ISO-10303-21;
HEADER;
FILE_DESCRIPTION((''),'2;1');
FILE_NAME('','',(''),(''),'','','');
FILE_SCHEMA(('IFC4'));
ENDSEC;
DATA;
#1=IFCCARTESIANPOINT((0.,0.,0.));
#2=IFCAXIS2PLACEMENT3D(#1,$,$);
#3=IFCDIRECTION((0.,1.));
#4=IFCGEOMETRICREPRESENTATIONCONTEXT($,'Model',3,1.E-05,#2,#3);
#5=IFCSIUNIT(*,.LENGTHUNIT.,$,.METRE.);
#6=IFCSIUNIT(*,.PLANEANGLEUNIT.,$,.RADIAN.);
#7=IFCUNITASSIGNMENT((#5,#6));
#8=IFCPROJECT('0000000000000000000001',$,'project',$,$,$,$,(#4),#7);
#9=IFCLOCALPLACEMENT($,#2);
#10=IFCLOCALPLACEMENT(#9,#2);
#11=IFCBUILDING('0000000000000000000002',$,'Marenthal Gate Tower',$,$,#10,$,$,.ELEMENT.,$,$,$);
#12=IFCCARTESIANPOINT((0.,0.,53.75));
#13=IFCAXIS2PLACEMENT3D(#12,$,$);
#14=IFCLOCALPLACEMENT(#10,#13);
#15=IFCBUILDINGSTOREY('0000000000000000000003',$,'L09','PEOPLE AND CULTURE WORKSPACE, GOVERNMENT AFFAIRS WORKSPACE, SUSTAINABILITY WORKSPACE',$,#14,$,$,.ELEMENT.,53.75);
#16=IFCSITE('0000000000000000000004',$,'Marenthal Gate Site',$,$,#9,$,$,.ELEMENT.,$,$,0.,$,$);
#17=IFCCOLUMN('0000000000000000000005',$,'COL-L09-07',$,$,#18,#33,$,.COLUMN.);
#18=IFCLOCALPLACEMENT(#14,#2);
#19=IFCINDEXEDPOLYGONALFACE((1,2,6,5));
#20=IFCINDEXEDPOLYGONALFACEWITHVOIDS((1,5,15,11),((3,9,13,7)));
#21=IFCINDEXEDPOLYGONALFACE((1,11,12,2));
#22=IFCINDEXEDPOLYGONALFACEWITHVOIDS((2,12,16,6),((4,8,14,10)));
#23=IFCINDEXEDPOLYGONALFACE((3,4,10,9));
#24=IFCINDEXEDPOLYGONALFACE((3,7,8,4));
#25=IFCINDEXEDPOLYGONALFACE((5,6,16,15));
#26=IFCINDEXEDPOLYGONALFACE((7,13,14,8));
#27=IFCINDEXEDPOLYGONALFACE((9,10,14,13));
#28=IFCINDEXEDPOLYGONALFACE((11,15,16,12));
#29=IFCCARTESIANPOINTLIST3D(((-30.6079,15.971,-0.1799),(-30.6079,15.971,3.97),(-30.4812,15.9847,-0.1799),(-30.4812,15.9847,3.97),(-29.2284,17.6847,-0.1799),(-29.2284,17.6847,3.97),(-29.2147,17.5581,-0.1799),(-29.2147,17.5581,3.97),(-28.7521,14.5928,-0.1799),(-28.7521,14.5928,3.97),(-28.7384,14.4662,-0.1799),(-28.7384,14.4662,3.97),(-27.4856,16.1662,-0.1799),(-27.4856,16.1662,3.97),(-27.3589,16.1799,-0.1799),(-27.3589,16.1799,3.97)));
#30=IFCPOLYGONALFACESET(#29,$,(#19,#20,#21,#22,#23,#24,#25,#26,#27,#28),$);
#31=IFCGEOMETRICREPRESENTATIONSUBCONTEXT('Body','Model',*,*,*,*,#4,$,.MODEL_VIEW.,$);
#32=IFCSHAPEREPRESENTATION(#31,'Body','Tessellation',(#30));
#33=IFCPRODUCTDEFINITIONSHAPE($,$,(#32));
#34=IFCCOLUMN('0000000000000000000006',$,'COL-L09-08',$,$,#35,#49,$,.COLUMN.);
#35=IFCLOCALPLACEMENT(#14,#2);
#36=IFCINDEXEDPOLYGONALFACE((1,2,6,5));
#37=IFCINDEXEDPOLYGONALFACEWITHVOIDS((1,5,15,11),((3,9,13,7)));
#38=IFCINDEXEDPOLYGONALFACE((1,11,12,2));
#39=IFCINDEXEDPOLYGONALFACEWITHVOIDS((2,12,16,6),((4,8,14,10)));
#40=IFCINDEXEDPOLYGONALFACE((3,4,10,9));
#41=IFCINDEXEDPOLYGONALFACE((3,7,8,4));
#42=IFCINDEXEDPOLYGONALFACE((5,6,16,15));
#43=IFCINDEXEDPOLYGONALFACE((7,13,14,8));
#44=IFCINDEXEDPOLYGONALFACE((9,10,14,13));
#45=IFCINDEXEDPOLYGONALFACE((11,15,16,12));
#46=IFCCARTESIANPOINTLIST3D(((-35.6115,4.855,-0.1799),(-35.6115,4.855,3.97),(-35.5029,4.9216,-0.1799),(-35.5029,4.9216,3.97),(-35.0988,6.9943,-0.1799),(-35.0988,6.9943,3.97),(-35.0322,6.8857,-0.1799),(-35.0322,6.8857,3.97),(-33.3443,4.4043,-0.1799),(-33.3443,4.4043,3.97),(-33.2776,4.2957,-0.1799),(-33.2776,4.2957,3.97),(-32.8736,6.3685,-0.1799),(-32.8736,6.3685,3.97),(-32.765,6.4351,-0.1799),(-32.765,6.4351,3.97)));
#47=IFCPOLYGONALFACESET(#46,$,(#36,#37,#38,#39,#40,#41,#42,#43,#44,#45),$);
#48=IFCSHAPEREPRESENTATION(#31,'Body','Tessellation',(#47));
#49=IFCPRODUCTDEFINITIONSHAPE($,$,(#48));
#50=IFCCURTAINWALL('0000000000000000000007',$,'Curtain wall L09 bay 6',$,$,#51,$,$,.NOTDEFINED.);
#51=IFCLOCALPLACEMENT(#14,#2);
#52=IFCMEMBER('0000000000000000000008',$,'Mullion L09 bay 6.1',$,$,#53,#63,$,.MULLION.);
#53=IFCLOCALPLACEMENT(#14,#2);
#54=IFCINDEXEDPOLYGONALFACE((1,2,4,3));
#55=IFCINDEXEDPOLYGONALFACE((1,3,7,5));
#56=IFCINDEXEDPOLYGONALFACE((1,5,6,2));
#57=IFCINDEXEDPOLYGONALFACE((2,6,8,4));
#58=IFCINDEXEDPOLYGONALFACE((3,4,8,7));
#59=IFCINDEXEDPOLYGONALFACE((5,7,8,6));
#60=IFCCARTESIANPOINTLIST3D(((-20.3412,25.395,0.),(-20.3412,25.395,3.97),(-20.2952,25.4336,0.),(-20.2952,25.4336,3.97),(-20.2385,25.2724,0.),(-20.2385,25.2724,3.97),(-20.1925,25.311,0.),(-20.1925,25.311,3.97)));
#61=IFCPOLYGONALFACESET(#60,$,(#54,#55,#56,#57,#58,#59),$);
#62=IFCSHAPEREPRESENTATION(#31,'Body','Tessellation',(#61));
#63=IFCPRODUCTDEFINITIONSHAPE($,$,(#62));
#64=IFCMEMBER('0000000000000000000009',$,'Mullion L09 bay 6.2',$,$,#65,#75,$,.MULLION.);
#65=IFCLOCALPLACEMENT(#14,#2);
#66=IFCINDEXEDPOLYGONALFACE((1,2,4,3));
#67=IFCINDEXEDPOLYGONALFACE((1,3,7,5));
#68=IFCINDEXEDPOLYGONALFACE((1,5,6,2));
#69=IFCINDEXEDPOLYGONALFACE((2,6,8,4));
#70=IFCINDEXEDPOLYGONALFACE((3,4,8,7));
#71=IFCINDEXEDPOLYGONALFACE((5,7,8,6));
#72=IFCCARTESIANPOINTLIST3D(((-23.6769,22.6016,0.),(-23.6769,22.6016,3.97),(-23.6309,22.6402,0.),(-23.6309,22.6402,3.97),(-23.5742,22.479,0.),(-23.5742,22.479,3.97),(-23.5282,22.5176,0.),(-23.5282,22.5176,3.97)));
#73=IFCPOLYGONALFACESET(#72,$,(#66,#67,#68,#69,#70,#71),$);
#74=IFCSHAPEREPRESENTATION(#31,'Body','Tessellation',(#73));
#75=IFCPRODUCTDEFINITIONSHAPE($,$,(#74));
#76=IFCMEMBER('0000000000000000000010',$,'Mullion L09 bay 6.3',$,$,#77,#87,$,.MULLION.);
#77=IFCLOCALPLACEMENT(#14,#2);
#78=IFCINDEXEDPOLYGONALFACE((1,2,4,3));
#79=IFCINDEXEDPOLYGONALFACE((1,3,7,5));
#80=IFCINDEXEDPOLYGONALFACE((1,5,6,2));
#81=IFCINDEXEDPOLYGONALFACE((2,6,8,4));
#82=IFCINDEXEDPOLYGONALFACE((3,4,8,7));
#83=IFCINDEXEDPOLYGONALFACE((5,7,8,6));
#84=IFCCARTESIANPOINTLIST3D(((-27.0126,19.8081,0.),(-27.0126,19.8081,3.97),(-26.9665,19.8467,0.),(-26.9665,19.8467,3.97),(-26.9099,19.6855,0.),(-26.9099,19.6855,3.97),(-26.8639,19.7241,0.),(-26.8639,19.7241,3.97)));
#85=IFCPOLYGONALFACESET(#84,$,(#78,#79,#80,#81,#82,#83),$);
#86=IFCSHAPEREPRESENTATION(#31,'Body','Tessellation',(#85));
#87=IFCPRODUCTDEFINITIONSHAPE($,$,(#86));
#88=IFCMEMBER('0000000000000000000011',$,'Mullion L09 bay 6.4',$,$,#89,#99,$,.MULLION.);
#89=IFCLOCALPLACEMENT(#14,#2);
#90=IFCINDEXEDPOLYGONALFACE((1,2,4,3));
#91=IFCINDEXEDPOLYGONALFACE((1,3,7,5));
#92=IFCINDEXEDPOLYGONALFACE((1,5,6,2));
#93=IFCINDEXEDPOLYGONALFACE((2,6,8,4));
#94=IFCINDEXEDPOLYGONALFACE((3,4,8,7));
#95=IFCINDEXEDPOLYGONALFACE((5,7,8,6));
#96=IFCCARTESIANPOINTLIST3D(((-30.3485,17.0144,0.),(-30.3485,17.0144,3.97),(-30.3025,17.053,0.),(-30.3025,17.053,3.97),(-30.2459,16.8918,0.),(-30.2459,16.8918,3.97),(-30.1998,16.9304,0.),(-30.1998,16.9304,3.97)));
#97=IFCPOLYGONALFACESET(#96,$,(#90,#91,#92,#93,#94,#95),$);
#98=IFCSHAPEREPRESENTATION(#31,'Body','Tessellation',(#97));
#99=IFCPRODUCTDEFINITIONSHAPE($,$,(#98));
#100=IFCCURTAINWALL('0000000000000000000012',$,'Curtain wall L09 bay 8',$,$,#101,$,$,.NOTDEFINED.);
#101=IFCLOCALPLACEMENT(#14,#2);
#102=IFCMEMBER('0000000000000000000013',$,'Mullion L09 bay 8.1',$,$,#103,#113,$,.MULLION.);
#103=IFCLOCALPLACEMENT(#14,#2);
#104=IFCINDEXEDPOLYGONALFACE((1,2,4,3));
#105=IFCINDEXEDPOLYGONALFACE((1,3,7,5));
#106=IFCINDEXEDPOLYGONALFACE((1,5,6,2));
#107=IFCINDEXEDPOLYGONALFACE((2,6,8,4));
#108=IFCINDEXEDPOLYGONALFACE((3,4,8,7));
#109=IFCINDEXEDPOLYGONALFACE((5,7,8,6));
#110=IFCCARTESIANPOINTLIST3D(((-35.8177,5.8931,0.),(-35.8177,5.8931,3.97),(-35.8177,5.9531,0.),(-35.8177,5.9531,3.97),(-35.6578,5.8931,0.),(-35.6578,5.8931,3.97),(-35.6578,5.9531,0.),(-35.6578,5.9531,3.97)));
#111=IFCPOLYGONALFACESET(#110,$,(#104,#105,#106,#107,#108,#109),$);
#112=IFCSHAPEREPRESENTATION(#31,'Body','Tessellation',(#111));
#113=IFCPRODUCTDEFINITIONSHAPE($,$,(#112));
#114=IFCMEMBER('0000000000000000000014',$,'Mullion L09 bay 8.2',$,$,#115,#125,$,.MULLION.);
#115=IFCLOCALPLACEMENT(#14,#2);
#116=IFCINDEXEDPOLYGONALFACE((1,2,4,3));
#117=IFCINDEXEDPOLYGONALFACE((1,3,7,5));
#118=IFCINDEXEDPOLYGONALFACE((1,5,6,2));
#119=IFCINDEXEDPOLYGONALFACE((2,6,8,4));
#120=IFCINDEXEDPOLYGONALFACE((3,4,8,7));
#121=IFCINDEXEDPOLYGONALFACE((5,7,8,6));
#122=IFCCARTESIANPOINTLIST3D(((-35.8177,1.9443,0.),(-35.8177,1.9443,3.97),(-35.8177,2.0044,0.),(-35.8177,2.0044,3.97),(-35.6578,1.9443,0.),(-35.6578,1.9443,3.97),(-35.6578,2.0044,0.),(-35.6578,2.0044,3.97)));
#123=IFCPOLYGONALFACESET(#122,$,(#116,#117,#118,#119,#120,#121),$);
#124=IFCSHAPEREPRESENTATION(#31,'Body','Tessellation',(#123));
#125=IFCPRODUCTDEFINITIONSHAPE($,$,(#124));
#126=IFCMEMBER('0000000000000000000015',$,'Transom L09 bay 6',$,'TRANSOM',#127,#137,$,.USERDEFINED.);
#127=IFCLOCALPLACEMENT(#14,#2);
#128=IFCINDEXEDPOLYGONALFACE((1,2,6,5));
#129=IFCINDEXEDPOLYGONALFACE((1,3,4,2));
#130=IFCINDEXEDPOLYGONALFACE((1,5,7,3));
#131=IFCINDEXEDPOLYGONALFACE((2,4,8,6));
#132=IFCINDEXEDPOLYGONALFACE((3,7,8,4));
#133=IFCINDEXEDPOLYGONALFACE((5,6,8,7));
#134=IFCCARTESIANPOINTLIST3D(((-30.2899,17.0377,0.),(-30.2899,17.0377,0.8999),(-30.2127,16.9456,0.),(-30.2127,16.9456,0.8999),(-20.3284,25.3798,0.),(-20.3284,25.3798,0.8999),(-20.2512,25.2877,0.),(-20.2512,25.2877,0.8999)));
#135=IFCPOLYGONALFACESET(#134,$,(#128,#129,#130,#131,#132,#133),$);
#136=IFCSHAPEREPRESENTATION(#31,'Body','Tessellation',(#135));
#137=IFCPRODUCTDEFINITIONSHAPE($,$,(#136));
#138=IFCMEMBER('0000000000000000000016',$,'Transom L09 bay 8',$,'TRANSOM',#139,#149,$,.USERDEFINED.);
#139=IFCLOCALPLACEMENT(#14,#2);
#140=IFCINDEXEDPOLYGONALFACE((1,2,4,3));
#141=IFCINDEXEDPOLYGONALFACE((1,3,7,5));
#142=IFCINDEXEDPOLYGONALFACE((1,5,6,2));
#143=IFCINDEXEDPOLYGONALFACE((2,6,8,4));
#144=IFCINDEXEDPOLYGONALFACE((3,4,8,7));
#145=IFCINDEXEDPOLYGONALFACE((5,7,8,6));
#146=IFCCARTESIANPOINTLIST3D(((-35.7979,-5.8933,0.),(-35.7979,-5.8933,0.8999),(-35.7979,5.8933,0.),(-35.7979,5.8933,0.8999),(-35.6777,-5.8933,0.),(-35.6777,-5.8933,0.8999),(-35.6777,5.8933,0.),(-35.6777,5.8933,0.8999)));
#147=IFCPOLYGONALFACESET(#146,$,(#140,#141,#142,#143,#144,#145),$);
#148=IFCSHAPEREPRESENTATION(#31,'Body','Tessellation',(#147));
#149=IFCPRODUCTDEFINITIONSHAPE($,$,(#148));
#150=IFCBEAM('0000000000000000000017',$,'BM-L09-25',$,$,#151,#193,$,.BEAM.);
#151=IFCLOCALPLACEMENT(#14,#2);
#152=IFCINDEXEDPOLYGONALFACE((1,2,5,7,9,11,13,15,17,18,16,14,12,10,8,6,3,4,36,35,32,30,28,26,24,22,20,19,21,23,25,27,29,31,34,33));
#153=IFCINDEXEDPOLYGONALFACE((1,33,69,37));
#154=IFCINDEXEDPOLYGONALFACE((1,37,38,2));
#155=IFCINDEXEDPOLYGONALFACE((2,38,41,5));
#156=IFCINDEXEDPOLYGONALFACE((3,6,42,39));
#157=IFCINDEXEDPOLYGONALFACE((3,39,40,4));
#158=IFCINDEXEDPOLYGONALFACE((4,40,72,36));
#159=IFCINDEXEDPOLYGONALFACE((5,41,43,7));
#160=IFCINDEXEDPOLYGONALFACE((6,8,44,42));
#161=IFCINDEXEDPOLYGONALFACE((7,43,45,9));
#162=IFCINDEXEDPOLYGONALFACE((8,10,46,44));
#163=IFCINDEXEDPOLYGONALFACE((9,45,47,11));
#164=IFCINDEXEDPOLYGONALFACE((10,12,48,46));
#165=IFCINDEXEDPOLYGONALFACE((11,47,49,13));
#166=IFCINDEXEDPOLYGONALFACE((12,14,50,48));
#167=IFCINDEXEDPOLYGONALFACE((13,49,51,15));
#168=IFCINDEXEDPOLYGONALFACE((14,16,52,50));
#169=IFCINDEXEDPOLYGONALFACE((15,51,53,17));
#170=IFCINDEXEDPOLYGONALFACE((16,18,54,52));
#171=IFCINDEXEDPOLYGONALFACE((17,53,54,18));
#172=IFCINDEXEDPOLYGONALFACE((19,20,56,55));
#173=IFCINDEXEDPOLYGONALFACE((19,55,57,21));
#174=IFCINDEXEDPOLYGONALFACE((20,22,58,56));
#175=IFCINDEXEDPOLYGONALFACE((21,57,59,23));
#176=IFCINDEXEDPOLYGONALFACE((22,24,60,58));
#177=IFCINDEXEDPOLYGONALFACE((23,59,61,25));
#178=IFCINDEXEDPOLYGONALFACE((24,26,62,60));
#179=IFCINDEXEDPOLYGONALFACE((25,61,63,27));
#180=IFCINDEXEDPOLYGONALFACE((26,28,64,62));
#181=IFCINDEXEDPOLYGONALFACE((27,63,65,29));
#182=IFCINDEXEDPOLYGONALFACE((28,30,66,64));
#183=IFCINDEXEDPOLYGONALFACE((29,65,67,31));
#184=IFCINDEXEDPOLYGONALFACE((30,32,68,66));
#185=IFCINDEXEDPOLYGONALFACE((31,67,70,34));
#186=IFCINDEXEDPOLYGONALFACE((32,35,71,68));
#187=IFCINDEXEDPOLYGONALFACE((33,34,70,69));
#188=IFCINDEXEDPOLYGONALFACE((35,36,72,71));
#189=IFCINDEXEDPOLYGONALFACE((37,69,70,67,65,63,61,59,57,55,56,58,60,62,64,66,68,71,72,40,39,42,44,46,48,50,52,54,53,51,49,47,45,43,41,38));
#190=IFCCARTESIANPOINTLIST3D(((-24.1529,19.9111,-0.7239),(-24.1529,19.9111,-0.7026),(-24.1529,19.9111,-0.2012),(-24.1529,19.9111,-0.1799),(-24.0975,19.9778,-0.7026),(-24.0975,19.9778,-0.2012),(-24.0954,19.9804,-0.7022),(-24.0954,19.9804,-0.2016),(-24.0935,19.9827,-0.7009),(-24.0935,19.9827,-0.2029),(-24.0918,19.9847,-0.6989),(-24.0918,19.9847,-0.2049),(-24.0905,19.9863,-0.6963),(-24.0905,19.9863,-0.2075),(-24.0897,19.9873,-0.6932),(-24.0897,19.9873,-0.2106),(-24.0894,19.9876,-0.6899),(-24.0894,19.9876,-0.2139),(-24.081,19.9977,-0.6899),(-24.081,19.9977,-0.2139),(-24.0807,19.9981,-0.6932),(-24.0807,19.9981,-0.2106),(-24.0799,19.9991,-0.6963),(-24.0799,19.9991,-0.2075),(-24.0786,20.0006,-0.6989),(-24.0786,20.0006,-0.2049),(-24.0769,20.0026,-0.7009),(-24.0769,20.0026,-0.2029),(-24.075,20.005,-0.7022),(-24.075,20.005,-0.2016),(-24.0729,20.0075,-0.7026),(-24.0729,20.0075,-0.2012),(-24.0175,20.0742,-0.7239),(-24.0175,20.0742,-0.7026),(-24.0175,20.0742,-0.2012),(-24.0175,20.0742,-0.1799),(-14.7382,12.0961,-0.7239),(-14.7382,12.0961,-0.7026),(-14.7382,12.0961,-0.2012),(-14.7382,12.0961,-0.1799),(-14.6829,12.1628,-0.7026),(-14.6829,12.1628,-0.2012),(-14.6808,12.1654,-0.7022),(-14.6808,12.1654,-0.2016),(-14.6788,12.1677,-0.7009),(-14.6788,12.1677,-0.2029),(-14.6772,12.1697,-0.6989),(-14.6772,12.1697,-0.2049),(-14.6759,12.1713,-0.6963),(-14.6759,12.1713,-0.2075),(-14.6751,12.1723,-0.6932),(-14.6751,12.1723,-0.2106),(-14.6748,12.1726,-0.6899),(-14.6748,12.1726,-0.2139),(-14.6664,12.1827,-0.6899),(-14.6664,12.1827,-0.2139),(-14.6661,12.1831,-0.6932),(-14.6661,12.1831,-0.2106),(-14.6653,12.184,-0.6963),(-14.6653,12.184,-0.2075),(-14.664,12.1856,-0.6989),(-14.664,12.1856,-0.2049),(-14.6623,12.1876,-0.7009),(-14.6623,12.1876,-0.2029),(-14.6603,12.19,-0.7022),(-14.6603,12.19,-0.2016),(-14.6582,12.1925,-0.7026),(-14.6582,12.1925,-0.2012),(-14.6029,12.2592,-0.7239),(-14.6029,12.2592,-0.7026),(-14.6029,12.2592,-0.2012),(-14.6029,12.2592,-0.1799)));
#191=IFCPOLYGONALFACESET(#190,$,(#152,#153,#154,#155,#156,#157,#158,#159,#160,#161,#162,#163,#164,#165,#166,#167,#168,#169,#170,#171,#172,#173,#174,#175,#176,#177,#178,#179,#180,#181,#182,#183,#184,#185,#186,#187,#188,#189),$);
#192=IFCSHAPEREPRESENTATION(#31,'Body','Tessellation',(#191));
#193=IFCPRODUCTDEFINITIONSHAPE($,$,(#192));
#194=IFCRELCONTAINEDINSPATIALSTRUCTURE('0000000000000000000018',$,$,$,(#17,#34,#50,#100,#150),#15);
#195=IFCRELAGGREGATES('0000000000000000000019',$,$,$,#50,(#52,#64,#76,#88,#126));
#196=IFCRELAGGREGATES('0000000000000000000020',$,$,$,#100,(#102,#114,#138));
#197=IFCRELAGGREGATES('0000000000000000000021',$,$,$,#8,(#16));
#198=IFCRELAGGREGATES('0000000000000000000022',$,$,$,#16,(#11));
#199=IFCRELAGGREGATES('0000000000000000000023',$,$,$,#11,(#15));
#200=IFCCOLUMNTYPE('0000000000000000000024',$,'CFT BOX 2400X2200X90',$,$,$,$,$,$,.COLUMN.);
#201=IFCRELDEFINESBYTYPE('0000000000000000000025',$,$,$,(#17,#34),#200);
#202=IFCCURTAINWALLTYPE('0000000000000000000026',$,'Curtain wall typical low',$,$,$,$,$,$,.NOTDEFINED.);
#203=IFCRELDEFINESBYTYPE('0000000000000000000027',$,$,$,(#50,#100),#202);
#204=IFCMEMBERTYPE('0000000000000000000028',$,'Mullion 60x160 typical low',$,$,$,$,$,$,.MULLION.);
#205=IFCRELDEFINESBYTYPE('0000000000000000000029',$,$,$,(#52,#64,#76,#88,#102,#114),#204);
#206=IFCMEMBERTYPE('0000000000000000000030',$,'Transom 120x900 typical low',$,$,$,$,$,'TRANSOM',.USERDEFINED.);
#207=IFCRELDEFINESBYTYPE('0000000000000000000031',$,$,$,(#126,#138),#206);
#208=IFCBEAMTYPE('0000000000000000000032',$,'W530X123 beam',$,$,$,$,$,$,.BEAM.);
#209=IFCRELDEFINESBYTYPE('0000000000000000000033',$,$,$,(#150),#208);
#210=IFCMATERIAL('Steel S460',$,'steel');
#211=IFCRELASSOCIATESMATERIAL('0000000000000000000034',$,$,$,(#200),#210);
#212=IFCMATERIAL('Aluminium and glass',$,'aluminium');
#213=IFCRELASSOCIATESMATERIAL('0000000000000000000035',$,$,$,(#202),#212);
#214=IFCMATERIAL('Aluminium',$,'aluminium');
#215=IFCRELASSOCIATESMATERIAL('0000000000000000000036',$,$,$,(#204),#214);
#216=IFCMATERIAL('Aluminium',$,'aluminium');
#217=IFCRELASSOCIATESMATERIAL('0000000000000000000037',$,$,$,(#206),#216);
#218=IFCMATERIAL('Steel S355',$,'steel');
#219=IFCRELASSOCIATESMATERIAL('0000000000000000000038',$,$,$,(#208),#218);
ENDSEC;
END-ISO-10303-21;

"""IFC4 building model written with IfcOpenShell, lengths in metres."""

from ifc_helpers import new_model, si_unit, direction, frame, origin, origin_2d, place, context, subcontext, project, spatial, rectangle, hollow_rectangle, i_section, extrude, material, material_profile, profile_set, type_object, element, aggregate, save


model = new_model("IFC4")

# Units and contexts
model_context = context("Model", 3, precision=1e-05, world=origin(), true_north=direction((0.0, 1.0)))
body_context = subcontext(model_context, "Body", "Model", "MODEL_VIEW")
ifc_project = project(units=[si_unit("LENGTHUNIT", "METRE"), si_unit("PLANEANGLEUNIT", "RADIAN")], contexts=[model_context])

# Site, building, storey
site_placement = place(None, origin())
site = spatial("IfcSite", under=ifc_project, at=site_placement, Name="Marenthal Gate Site", CompositionType="ELEMENT", RefElevation=0.0)
building_placement = place(site_placement, origin())
building = spatial("IfcBuilding", under=site, at=building_placement, Name="Marenthal Gate Tower", CompositionType="ELEMENT")
storey_placement = place(building_placement, frame((0.0, 0.0, 53.75)))
storey = spatial("IfcBuildingStorey", under=building, at=storey_placement, Name="L09", Description="PEOPLE AND CULTURE WORKSPACE, GOVERNMENT AFFAIRS WORKSPACE, SUSTAINABILITY WORKSPACE", CompositionType="ELEMENT", Elevation=53.75)

# Columns
ifc_material_1 = material(Name="Steel S460", Category="steel")
ifc_material_profile_1 = material_profile(ifc_material_1, hollow_rectangle(XDim=2.2, YDim=2.3999, WallThickness=0.0901, at=origin_2d()), Name="CFT BOX 2400X2200X90")
ifc_material_2 = material(Name="Concrete 70 MPa", Category="concrete")
ifc_material_profile_2 = material_profile(ifc_material_2, rectangle(XDim=2.02, YDim=2.22, at=origin_2d()), Name="CFT BOX 2400X2200X90 INFILL")
ifc_profile_set_1 = profile_set([ifc_material_profile_1, ifc_material_profile_2], Name="Steel S460 shell, Concrete 70 MPa infill")
column_type = type_object("IfcColumnType", Name="CFT BOX 2400X2200X90", PredefinedType="COLUMN", material=ifc_profile_set_1)
for number, where, z_axis, x_axis, name in (
    (1, (-28.9834, 16.0754, -0.1799), (0.0, 0.0, 1.0), (0.627046, 0.778982, 0.0), "COL-L09-07"),
    (2, (-34.1882, 5.645, -0.1799), (0.0, 0.0, 1.0), (0.233033, 0.972469, 0.0), "COL-L09-08"),
):
    element("IfcColumn", number, at=place(storey_placement, frame(where, z_axis=z_axis, x_axis=x_axis)), inside=storey, type_object=column_type, Name=name, PredefinedType="COLUMN", context=body_context, shape_type="SweptSolid", body=[
        extrude(hollow_rectangle(XDim=2.2, YDim=2.3999, WallThickness=0.0901, at=origin_2d()), origin(), (0.0, 0.0, 1.0), 4.1499),
    ])

# Curtain walls, members
ifc_material_3 = material(Name="Aluminium and glass", Category="aluminium")
curtain_wall_type = type_object("IfcCurtainWallType", Name="Curtain wall typical low", PredefinedType="NOTDEFINED", material=ifc_material_3)
curtain_wall_1_placement = place(storey_placement, origin())
curtain_wall_1 = element("IfcCurtainWall", 3, at=curtain_wall_1_placement, inside=storey, type_object=curtain_wall_type, Name="Curtain wall L09 bay 6", PredefinedType="NOTDEFINED")
ifc_material_4 = material(Name="Aluminium", Category="aluminium")
ifc_material_profile_3 = material_profile(ifc_material_4, rectangle(XDim=0.1599, YDim=0.0601, at=origin_2d()), Name="60x160 aluminium mullion")
ifc_profile_set_2 = profile_set([ifc_material_profile_3], Name="Aluminium")
member_type_1 = type_object("IfcMemberType", Name="Mullion 60x160 typical low", PredefinedType="MULLION", material=ifc_profile_set_2)
member_1_placement = place(storey_placement, frame((-20.2668, 25.353, 0.0), z_axis=(0.0, 0.0, 1.0), x_axis=(0.642047, -0.766665, 0.0)))
member_1 = element("IfcMember", 4, at=member_1_placement, type_object=member_type_1, Name="Mullion L09 bay 6.1", PredefinedType="MULLION", context=body_context, shape_type="SweptSolid", body=[
    extrude(rectangle(XDim=0.1599, YDim=0.0601, at=origin_2d()), origin(), (0.0, 0.0, 1.0), 3.97),
])
member_2_placement = place(storey_placement, frame((-23.6025, 22.5596, 0.0), z_axis=(0.0, 0.0, 1.0), x_axis=(0.642047, -0.766665, 0.0)))
member_2 = element("IfcMember", 5, at=member_2_placement, type_object=member_type_1, Name="Mullion L09 bay 6.2", PredefinedType="MULLION", context=body_context, shape_type="SweptSolid", body=[
    extrude(rectangle(XDim=0.1599, YDim=0.0601, at=origin_2d()), origin(), (0.0, 0.0, 1.0), 3.97),
])
member_3_placement = place(storey_placement, frame((-26.9382, 19.7661, 0.0), z_axis=(0.0, 0.0, 1.0), x_axis=(0.642047, -0.766665, 0.0)))
member_3 = element("IfcMember", 6, at=member_3_placement, type_object=member_type_1, Name="Mullion L09 bay 6.3", PredefinedType="MULLION", context=body_context, shape_type="SweptSolid", body=[
    extrude(rectangle(XDim=0.1599, YDim=0.0601, at=origin_2d()), origin(), (0.0, 0.0, 1.0), 3.97),
])
member_4_placement = place(storey_placement, frame((-30.2742, 16.9724, 0.0), z_axis=(0.0, 0.0, 1.0), x_axis=(0.642047, -0.766665, 0.0)))
member_4 = element("IfcMember", 7, at=member_4_placement, type_object=member_type_1, Name="Mullion L09 bay 6.4", PredefinedType="MULLION", context=body_context, shape_type="SweptSolid", body=[
    extrude(rectangle(XDim=0.1599, YDim=0.0601, at=origin_2d()), origin(), (0.0, 0.0, 1.0), 3.97),
])
curtain_wall_2_placement = place(storey_placement, origin())
curtain_wall_2 = element("IfcCurtainWall", 8, at=curtain_wall_2_placement, inside=storey, type_object=curtain_wall_type, Name="Curtain wall L09 bay 8", PredefinedType="NOTDEFINED")
member_5_placement = place(storey_placement, frame((-35.7378, 5.9231, 0.0), z_axis=(0.0, 0.0, 1.0), x_axis=(1.0, 0.0, 0.0)))
member_5 = element("IfcMember", 9, at=member_5_placement, type_object=member_type_1, Name="Mullion L09 bay 8.1", PredefinedType="MULLION", context=body_context, shape_type="SweptSolid", body=[
    extrude(rectangle(XDim=0.1599, YDim=0.0601, at=origin_2d()), origin(), (0.0, 0.0, 1.0), 3.97),
])
member_6_placement = place(storey_placement, frame((-35.7378, 1.9744, 0.0), z_axis=(0.0, 0.0, 1.0), x_axis=(1.0, 0.0, 0.0)))
member_6 = element("IfcMember", 10, at=member_6_placement, type_object=member_type_1, Name="Mullion L09 bay 8.2", PredefinedType="MULLION", context=body_context, shape_type="SweptSolid", body=[
    extrude(rectangle(XDim=0.1599, YDim=0.0601, at=origin_2d()), origin(), (0.0, 0.0, 1.0), 3.97),
])

# Members
ifc_material_5 = material(Name="Aluminium", Category="aluminium")
ifc_material_profile_4 = material_profile(ifc_material_5, rectangle(XDim=0.1201, YDim=0.8999, at=origin_2d()), Name="120x900 aluminium transom")
ifc_profile_set_3 = profile_set([ifc_material_profile_4], Name="Aluminium")
member_type_2 = type_object("IfcMemberType", Name="Transom 120x900 typical low", ElementType="TRANSOM", PredefinedType="USERDEFINED", material=ifc_profile_set_3)
member_7_placement = place(storey_placement, frame((-20.2898, 25.3337, 0.45), z_axis=(-0.766673, -0.642038, 0.0), x_axis=(0.642038, -0.766673, 0.0)))
member_7 = element("IfcMember", 11, at=member_7_placement, type_object=member_type_2, Name="Transom L09 bay 6", ObjectType="TRANSOM", PredefinedType="USERDEFINED", context=body_context, shape_type="SweptSolid", body=[
    extrude(rectangle(XDim=0.1201, YDim=0.8999, at=origin_2d()), origin(), (0.0, 0.0, 1.0), 12.9932),
])
member_8_placement = place(storey_placement, frame((-35.7378, 5.8933, 0.45), z_axis=(0.0, -1.0, 0.0), x_axis=(1.0, 0.0, 0.0)))
member_8 = element("IfcMember", 12, at=member_8_placement, type_object=member_type_2, Name="Transom L09 bay 8", ObjectType="TRANSOM", PredefinedType="USERDEFINED", context=body_context, shape_type="SweptSolid", body=[
    extrude(rectangle(XDim=0.1201, YDim=0.8999, at=origin_2d()), origin(), (0.0, 0.0, 1.0), 11.7866),
])

# Beam
ifc_material_6 = material(Name="Steel S355", Category="steel")
ifc_material_profile_5 = material_profile(ifc_material_6, i_section(OverallWidth=0.2119, OverallDepth=0.5439, WebThickness=0.0132, FlangeThickness=0.0212, FilletRadius=0.0127, at=origin_2d()), Name="W530X123")
ifc_profile_set_4 = profile_set([ifc_material_profile_5], Name="Steel S355")
beam_type_1 = type_object("IfcBeamType", Name="W530X123 beam", PredefinedType="BEAM", material=ifc_profile_set_4)
beam_1_placement = place(storey_placement, frame((-24.0852, 19.9927, -0.4519), z_axis=(0.769447, -0.638711, 0.0), x_axis=(0.638711, 0.769447, 0.0)))
element("IfcBeam", 13, at=beam_1_placement, inside=storey, type_object=beam_type_1, Name="BM-L09-25", PredefinedType="BEAM", context=body_context, shape_type="SweptSolid", body=[
    extrude(i_section(OverallWidth=0.2119, OverallDepth=0.5439, WebThickness=0.0132, FlangeThickness=0.0212, FilletRadius=0.0127, at=origin_2d()), origin(), (0.0, 0.0, 1.0), 12.2356),
])

aggregate(curtain_wall_1, [member_1, member_2, member_3, member_4, member_7])
aggregate(curtain_wall_2, [member_5, member_6, member_8])

save(model, "model.ifc")
